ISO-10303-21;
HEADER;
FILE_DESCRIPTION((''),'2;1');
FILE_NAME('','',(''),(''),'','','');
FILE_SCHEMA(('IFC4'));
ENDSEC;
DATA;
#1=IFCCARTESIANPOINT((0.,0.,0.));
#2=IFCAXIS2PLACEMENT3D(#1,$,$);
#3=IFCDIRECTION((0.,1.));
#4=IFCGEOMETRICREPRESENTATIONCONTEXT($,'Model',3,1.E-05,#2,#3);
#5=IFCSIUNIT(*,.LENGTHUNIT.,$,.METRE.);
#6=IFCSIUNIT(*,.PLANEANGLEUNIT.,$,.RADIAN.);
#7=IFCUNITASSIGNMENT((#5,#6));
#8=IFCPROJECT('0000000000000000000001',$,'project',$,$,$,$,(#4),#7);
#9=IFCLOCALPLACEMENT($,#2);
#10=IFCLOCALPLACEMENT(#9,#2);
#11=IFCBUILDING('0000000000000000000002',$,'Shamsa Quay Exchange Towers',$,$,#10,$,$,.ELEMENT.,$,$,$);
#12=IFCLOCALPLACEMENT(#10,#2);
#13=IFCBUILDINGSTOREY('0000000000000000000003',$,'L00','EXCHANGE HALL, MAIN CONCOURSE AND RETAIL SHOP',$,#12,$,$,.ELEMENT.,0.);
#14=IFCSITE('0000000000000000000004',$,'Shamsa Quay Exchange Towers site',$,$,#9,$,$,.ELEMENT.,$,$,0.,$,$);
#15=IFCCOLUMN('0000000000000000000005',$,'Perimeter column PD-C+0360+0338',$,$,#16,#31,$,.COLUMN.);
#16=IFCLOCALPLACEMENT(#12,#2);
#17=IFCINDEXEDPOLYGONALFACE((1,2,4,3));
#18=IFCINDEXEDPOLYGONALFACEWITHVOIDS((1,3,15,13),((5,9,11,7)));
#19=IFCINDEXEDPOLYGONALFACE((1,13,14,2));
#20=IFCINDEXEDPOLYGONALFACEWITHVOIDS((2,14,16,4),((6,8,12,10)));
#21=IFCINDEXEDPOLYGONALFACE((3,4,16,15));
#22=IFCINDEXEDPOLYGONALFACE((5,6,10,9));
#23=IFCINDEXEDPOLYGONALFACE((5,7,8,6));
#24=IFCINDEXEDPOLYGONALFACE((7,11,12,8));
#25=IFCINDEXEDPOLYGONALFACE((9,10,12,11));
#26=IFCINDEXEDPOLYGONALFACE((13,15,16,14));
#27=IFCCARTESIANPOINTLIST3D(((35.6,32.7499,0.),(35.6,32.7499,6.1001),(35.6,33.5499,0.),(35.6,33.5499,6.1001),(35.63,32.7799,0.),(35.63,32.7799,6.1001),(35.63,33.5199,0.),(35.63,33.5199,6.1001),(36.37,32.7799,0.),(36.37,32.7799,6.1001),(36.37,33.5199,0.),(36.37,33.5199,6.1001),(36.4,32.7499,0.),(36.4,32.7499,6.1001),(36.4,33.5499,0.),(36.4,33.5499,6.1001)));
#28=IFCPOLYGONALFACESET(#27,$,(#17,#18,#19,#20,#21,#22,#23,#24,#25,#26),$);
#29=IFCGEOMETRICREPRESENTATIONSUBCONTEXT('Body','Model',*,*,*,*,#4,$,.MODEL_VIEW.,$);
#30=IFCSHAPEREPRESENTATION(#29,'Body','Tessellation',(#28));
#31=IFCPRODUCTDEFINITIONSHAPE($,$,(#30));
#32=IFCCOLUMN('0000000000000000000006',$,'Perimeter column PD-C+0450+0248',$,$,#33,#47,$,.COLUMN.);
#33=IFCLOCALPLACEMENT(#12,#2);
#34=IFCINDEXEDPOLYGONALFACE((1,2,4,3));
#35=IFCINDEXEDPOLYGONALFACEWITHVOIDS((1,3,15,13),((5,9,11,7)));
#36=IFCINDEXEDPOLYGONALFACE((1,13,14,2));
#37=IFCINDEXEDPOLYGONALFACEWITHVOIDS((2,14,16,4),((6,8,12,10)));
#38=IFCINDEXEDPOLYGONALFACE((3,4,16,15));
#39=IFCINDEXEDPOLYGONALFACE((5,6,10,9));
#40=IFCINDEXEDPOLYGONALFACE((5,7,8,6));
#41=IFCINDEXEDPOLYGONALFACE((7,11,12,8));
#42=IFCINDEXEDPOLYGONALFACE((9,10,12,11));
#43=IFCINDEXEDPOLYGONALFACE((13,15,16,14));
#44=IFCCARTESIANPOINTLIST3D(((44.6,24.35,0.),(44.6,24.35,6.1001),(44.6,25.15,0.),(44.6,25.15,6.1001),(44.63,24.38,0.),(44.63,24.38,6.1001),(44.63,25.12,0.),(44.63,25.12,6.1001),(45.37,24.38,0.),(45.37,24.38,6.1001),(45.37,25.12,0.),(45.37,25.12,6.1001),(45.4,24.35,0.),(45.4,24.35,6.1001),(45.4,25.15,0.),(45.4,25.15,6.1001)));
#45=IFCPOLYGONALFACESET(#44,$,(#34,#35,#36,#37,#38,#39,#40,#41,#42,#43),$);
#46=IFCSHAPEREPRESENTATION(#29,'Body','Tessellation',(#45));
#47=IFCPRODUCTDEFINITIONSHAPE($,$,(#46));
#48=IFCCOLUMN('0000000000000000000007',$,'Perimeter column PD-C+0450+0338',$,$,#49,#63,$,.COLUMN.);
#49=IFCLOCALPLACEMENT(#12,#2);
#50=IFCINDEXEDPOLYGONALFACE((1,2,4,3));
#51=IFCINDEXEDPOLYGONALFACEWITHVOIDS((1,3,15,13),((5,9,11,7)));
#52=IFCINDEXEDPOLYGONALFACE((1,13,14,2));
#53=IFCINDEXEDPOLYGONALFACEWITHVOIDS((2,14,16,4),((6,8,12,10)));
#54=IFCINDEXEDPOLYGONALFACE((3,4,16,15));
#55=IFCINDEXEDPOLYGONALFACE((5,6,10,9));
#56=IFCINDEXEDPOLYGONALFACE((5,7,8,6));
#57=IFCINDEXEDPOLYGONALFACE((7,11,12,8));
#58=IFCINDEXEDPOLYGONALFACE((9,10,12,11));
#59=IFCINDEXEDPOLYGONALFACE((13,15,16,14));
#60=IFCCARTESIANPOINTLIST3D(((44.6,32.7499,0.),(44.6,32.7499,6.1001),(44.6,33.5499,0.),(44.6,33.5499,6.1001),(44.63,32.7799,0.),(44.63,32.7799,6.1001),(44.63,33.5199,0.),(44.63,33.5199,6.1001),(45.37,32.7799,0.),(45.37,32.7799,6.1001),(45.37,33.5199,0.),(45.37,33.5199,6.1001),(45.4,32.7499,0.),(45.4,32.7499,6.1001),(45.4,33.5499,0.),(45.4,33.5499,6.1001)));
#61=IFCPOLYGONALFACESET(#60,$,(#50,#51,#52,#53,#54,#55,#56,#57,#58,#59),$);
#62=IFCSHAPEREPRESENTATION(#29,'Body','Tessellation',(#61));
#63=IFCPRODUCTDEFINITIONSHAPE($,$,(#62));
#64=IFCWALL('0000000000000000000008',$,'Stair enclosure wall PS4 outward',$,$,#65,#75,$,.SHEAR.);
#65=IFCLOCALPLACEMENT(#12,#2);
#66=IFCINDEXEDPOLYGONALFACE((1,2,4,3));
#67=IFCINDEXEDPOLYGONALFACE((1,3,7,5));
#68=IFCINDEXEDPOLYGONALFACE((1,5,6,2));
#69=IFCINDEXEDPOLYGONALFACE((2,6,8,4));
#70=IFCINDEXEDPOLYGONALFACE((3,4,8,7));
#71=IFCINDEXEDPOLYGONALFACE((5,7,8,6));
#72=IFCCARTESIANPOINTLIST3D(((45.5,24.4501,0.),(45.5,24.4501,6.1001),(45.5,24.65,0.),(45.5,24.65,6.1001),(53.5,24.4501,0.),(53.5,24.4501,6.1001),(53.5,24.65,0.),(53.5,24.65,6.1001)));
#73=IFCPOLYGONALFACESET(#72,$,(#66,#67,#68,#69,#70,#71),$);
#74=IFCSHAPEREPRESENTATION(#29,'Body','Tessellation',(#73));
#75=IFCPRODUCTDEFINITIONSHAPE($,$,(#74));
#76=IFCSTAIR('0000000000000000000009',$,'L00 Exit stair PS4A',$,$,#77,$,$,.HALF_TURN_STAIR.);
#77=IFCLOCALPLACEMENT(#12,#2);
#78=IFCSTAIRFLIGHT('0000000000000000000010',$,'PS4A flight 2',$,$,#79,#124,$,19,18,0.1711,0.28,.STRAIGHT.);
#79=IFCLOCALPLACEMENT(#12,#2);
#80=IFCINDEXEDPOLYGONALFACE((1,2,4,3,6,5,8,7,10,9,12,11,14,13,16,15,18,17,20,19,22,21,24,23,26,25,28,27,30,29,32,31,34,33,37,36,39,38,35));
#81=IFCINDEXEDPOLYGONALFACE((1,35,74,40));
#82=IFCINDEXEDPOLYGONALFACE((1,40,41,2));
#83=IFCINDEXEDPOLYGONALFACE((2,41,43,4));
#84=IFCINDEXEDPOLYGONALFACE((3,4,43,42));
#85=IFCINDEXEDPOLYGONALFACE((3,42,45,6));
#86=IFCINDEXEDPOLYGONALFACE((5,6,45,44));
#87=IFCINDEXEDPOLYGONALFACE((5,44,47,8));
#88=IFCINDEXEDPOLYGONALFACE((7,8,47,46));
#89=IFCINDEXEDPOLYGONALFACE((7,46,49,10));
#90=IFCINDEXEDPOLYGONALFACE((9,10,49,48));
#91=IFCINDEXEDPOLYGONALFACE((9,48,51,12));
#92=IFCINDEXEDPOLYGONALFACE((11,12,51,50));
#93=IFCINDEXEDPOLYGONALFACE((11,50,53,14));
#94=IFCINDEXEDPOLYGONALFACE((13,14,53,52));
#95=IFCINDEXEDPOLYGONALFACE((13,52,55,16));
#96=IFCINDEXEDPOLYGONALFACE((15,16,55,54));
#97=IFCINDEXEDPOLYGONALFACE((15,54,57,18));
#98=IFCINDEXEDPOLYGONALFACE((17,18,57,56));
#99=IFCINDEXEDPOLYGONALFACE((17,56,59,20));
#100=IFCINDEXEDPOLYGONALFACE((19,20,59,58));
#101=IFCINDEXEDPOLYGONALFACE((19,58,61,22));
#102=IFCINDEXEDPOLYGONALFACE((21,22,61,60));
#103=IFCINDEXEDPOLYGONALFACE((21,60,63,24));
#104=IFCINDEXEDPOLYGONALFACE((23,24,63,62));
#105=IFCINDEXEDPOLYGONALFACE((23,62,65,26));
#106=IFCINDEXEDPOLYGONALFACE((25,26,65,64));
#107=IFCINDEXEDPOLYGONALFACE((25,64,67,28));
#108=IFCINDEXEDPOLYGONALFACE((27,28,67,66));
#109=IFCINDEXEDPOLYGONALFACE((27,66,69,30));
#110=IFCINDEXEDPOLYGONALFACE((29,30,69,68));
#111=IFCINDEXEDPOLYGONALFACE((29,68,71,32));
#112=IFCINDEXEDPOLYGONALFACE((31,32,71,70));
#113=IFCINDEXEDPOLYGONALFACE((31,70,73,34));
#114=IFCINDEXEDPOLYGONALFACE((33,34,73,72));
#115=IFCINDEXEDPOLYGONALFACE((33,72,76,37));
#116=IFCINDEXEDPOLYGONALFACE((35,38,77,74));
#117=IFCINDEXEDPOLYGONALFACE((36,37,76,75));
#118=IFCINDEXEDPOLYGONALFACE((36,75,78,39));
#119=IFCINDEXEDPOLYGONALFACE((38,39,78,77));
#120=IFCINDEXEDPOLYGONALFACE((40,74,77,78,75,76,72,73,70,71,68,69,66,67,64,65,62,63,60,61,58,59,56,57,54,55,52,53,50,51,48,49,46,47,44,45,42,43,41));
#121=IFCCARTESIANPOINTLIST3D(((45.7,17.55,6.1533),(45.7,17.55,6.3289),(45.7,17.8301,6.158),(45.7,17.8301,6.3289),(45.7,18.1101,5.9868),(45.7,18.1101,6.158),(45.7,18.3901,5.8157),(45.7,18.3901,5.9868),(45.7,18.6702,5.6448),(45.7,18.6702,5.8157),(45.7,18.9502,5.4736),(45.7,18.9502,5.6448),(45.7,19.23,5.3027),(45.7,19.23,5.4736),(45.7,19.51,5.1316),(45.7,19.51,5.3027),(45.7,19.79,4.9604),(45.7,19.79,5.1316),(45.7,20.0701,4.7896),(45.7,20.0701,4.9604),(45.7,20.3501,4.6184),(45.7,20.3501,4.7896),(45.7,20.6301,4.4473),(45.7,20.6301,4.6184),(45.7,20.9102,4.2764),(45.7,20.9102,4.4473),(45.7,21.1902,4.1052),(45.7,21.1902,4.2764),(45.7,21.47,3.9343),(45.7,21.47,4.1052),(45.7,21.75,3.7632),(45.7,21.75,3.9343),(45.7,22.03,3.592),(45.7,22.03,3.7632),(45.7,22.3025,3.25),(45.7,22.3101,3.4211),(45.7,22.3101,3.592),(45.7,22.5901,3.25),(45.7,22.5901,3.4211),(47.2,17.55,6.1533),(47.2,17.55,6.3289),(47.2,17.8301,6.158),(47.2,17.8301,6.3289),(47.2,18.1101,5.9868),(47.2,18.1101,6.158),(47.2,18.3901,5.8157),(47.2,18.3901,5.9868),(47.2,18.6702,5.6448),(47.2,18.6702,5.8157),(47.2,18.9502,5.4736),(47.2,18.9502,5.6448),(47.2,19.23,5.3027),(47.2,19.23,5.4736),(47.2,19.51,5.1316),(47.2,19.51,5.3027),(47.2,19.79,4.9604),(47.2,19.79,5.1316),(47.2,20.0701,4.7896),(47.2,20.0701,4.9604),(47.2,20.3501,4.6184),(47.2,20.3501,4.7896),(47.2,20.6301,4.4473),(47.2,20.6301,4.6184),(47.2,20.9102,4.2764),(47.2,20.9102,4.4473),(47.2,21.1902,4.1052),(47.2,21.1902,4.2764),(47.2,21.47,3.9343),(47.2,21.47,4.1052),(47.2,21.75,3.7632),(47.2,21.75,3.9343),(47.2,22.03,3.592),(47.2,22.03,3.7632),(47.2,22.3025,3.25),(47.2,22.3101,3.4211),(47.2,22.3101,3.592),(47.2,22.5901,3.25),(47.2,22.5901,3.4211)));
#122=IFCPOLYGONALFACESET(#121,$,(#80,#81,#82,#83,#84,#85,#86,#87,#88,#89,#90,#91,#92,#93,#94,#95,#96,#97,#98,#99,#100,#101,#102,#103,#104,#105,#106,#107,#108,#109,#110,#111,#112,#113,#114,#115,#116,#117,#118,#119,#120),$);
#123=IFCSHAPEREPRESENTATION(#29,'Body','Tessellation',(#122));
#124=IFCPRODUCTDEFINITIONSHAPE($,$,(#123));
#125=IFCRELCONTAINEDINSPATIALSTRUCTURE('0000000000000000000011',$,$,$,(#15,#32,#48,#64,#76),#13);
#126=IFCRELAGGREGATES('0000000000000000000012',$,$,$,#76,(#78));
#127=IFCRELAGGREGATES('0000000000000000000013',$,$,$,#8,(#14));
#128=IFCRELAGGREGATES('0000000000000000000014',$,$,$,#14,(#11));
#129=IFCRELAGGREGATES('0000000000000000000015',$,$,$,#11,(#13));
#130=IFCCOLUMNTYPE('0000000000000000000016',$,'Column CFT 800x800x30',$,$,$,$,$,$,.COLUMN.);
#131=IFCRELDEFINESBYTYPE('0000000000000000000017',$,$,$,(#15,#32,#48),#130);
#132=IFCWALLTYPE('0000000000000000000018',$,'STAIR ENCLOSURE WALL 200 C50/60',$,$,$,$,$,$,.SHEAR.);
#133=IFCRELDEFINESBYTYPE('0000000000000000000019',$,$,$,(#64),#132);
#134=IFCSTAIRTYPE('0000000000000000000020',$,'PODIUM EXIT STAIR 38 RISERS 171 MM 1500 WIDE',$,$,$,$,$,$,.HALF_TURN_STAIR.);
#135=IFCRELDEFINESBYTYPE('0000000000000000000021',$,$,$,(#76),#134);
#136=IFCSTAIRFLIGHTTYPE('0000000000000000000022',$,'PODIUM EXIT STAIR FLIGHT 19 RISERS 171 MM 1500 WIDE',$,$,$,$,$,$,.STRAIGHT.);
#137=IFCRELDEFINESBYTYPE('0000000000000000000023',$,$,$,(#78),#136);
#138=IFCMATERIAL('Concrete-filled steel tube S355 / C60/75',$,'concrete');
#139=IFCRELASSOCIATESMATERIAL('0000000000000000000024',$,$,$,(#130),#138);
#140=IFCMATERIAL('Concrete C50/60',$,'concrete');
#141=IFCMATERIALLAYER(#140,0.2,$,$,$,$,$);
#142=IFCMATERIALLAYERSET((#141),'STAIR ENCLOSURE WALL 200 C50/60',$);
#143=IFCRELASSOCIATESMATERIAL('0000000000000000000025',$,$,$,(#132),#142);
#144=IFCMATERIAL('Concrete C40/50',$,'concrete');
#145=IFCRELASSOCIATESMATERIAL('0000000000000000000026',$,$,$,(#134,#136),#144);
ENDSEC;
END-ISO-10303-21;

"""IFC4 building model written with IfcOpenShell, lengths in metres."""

from ifc_helpers import new_model, si_unit, direction, frame, frame_2d, origin, origin_2d, place, context, subcontext, project, spatial, polyline, rectangle, hollow_rectangle, outline, extrude, material, layer, layer_set, material_profile, profile_set, type_object, element, aggregate, save


model = new_model("IFC4")

# Units and contexts
model_context = context("Model", 3, precision=1e-05, world=origin(), true_north=direction((0.0, 1.0)))
body_context = subcontext(model_context, "Body", "Model", "MODEL_VIEW")
ifc_project = project(units=[si_unit("LENGTHUNIT", "METRE"), si_unit("PLANEANGLEUNIT", "RADIAN")], contexts=[model_context])

# Site, building, storey
site_placement = place(None, origin())
site = spatial("IfcSite", under=ifc_project, at=site_placement, Name="Shamsa Quay Exchange Towers site", CompositionType="ELEMENT", RefElevation=0.0)
building_placement = place(site_placement, origin())
building = spatial("IfcBuilding", under=site, at=building_placement, Name="Shamsa Quay Exchange Towers", CompositionType="ELEMENT")
storey_placement = place(building_placement, origin())
storey = spatial("IfcBuildingStorey", under=building, at=storey_placement, Name="L00", Description="EXCHANGE HALL, MAIN CONCOURSE AND RETAIL SHOP", CompositionType="ELEMENT", Elevation=0.0)

# Shared definitions
ifc_material_1 = material(Name="Concrete C40/50", Category="concrete")

# Columns
ifc_material_2 = material(Name="Concrete-filled steel tube S355 / C60/75", Category="concrete")
ifc_material_profile_1 = material_profile(ifc_material_2, hollow_rectangle(XDim=0.8, YDim=0.8, WallThickness=0.03, at=origin_2d()), Name="CFT 800x800x30")
ifc_profile_set_1 = profile_set([ifc_material_profile_1], Name="Concrete-filled steel tube S355 / C60/75")
column_type_1 = type_object("IfcColumnType", Name="Column CFT 800x800x30", PredefinedType="COLUMN", material=ifc_profile_set_1)
for number, where, name in (
    (1, (36.0, 33.1499, 0.0), "Perimeter column PD-C+0360+0338"),
    (2, (45.0, 24.75, 0.0), "Perimeter column PD-C+0450+0248"),
    (3, (45.0, 33.1499, 0.0), "Perimeter column PD-C+0450+0338"),
):
    element("IfcColumn", number, at=place(storey_placement, frame(where)), inside=storey, type_object=column_type_1, Name=name, PredefinedType="COLUMN", context=body_context, shape_type="SweptSolid", body=[
        extrude(hollow_rectangle(XDim=0.8, YDim=0.8, WallThickness=0.03, at=origin_2d()), origin(), (0.0, 0.0, 1.0), 6.1001),
    ])

# Wall
ifc_material_3 = material(Name="Concrete C50/60", Category="concrete")
ifc_layer = layer(ifc_material_3, 0.2)
ifc_layer_set = layer_set([ifc_layer], Name="STAIR ENCLOSURE WALL 200 C50/60")
wall_type = type_object("IfcWallType", Name="STAIR ENCLOSURE WALL 200 C50/60", PredefinedType="SHEAR", material=ifc_layer_set)
wall_placement = place(storey_placement, frame((45.5, 24.55, 0.0)))
element("IfcWall", 4, at=wall_placement, inside=storey, type_object=wall_type, Name="Stair enclosure wall PS4 outward", PredefinedType="SHEAR", context=body_context, shape_type="SweptSolid", body=[
    extrude(rectangle(XDim=8.0, YDim=0.2, at=frame_2d((4.0, 0.0))), origin(), (0.0, 0.0, 1.0), 6.1001),
])

# Stair, stair flight
stair_type = type_object("IfcStairType", Name="PODIUM EXIT STAIR 38 RISERS 171 MM 1500 WIDE", PredefinedType="HALF_TURN_STAIR", material=ifc_material_1)
stair_placement = place(storey_placement, origin())
stair = element("IfcStair", 5, at=stair_placement, inside=storey, type_object=stair_type, Name="L00 Exit stair PS4A", PredefinedType="HALF_TURN_STAIR")
stair_flight_type = type_object("IfcStairFlightType", Name="PODIUM EXIT STAIR FLIGHT 19 RISERS 171 MM 1500 WIDE", PredefinedType="STRAIGHT", material=ifc_material_1)
stair_flight_placement = place(storey_placement, frame((46.45, 22.5901, 3.25), z_axis=(0.0, 0.0, 1.0), x_axis=(0.0, -1.0, 0.0)))
stair_flight = element("IfcStairFlight", 6, at=stair_flight_placement, type_object=stair_flight_type, Name="PS4A flight 2", NumberOfRisers=19, NumberOfTreads=18, PredefinedType="STRAIGHT", RiserHeight=0.1711, TreadLength=0.28, context=body_context, shape_type="SweptSolid", body=[
    extrude(outline(polyline([(0.0, 0.0), (0.0, 0.1711), (0.28, 0.1711), (0.28, 0.342), (0.5601, 0.342), (0.5601, 0.5132), (0.8401, 0.5132), (0.8401, 0.6843), (1.1201, 0.6843), (1.1201, 0.8552), (1.3999, 0.8552), (1.3999, 1.0264), (1.6799, 1.0264), (1.6799, 1.1973), (1.96, 1.1973), (1.96, 1.3684), (2.24, 1.3684), (2.24, 1.5396), (2.52, 1.5396), (2.52, 1.7104), (2.8, 1.7104), (2.8, 1.8816), (3.0801, 1.8816), (3.0801, 2.0527), (3.3601, 2.0527), (3.3601, 2.2236), (3.6399, 2.2236), (3.6399, 2.3948), (3.9199, 2.3948), (3.9199, 2.5657), (4.2, 2.5657), (4.2, 2.7368), (4.48, 2.7368), (4.48, 2.908), (4.76, 2.908), (4.76, 3.0789), (5.04, 3.0789), (5.04, 3.25), (5.04, 2.9033), (0.2876, 0.0), (0.0, 0.0)])), frame((0.0, 0.75, 0.0), z_axis=(0.0, -1.0, 0.0), x_axis=(1.0, 0.0, 0.0)), (0.0, 0.0, 1.0), 1.5),
])
aggregate(stair, [stair_flight])

save(model, "model.ifc")
